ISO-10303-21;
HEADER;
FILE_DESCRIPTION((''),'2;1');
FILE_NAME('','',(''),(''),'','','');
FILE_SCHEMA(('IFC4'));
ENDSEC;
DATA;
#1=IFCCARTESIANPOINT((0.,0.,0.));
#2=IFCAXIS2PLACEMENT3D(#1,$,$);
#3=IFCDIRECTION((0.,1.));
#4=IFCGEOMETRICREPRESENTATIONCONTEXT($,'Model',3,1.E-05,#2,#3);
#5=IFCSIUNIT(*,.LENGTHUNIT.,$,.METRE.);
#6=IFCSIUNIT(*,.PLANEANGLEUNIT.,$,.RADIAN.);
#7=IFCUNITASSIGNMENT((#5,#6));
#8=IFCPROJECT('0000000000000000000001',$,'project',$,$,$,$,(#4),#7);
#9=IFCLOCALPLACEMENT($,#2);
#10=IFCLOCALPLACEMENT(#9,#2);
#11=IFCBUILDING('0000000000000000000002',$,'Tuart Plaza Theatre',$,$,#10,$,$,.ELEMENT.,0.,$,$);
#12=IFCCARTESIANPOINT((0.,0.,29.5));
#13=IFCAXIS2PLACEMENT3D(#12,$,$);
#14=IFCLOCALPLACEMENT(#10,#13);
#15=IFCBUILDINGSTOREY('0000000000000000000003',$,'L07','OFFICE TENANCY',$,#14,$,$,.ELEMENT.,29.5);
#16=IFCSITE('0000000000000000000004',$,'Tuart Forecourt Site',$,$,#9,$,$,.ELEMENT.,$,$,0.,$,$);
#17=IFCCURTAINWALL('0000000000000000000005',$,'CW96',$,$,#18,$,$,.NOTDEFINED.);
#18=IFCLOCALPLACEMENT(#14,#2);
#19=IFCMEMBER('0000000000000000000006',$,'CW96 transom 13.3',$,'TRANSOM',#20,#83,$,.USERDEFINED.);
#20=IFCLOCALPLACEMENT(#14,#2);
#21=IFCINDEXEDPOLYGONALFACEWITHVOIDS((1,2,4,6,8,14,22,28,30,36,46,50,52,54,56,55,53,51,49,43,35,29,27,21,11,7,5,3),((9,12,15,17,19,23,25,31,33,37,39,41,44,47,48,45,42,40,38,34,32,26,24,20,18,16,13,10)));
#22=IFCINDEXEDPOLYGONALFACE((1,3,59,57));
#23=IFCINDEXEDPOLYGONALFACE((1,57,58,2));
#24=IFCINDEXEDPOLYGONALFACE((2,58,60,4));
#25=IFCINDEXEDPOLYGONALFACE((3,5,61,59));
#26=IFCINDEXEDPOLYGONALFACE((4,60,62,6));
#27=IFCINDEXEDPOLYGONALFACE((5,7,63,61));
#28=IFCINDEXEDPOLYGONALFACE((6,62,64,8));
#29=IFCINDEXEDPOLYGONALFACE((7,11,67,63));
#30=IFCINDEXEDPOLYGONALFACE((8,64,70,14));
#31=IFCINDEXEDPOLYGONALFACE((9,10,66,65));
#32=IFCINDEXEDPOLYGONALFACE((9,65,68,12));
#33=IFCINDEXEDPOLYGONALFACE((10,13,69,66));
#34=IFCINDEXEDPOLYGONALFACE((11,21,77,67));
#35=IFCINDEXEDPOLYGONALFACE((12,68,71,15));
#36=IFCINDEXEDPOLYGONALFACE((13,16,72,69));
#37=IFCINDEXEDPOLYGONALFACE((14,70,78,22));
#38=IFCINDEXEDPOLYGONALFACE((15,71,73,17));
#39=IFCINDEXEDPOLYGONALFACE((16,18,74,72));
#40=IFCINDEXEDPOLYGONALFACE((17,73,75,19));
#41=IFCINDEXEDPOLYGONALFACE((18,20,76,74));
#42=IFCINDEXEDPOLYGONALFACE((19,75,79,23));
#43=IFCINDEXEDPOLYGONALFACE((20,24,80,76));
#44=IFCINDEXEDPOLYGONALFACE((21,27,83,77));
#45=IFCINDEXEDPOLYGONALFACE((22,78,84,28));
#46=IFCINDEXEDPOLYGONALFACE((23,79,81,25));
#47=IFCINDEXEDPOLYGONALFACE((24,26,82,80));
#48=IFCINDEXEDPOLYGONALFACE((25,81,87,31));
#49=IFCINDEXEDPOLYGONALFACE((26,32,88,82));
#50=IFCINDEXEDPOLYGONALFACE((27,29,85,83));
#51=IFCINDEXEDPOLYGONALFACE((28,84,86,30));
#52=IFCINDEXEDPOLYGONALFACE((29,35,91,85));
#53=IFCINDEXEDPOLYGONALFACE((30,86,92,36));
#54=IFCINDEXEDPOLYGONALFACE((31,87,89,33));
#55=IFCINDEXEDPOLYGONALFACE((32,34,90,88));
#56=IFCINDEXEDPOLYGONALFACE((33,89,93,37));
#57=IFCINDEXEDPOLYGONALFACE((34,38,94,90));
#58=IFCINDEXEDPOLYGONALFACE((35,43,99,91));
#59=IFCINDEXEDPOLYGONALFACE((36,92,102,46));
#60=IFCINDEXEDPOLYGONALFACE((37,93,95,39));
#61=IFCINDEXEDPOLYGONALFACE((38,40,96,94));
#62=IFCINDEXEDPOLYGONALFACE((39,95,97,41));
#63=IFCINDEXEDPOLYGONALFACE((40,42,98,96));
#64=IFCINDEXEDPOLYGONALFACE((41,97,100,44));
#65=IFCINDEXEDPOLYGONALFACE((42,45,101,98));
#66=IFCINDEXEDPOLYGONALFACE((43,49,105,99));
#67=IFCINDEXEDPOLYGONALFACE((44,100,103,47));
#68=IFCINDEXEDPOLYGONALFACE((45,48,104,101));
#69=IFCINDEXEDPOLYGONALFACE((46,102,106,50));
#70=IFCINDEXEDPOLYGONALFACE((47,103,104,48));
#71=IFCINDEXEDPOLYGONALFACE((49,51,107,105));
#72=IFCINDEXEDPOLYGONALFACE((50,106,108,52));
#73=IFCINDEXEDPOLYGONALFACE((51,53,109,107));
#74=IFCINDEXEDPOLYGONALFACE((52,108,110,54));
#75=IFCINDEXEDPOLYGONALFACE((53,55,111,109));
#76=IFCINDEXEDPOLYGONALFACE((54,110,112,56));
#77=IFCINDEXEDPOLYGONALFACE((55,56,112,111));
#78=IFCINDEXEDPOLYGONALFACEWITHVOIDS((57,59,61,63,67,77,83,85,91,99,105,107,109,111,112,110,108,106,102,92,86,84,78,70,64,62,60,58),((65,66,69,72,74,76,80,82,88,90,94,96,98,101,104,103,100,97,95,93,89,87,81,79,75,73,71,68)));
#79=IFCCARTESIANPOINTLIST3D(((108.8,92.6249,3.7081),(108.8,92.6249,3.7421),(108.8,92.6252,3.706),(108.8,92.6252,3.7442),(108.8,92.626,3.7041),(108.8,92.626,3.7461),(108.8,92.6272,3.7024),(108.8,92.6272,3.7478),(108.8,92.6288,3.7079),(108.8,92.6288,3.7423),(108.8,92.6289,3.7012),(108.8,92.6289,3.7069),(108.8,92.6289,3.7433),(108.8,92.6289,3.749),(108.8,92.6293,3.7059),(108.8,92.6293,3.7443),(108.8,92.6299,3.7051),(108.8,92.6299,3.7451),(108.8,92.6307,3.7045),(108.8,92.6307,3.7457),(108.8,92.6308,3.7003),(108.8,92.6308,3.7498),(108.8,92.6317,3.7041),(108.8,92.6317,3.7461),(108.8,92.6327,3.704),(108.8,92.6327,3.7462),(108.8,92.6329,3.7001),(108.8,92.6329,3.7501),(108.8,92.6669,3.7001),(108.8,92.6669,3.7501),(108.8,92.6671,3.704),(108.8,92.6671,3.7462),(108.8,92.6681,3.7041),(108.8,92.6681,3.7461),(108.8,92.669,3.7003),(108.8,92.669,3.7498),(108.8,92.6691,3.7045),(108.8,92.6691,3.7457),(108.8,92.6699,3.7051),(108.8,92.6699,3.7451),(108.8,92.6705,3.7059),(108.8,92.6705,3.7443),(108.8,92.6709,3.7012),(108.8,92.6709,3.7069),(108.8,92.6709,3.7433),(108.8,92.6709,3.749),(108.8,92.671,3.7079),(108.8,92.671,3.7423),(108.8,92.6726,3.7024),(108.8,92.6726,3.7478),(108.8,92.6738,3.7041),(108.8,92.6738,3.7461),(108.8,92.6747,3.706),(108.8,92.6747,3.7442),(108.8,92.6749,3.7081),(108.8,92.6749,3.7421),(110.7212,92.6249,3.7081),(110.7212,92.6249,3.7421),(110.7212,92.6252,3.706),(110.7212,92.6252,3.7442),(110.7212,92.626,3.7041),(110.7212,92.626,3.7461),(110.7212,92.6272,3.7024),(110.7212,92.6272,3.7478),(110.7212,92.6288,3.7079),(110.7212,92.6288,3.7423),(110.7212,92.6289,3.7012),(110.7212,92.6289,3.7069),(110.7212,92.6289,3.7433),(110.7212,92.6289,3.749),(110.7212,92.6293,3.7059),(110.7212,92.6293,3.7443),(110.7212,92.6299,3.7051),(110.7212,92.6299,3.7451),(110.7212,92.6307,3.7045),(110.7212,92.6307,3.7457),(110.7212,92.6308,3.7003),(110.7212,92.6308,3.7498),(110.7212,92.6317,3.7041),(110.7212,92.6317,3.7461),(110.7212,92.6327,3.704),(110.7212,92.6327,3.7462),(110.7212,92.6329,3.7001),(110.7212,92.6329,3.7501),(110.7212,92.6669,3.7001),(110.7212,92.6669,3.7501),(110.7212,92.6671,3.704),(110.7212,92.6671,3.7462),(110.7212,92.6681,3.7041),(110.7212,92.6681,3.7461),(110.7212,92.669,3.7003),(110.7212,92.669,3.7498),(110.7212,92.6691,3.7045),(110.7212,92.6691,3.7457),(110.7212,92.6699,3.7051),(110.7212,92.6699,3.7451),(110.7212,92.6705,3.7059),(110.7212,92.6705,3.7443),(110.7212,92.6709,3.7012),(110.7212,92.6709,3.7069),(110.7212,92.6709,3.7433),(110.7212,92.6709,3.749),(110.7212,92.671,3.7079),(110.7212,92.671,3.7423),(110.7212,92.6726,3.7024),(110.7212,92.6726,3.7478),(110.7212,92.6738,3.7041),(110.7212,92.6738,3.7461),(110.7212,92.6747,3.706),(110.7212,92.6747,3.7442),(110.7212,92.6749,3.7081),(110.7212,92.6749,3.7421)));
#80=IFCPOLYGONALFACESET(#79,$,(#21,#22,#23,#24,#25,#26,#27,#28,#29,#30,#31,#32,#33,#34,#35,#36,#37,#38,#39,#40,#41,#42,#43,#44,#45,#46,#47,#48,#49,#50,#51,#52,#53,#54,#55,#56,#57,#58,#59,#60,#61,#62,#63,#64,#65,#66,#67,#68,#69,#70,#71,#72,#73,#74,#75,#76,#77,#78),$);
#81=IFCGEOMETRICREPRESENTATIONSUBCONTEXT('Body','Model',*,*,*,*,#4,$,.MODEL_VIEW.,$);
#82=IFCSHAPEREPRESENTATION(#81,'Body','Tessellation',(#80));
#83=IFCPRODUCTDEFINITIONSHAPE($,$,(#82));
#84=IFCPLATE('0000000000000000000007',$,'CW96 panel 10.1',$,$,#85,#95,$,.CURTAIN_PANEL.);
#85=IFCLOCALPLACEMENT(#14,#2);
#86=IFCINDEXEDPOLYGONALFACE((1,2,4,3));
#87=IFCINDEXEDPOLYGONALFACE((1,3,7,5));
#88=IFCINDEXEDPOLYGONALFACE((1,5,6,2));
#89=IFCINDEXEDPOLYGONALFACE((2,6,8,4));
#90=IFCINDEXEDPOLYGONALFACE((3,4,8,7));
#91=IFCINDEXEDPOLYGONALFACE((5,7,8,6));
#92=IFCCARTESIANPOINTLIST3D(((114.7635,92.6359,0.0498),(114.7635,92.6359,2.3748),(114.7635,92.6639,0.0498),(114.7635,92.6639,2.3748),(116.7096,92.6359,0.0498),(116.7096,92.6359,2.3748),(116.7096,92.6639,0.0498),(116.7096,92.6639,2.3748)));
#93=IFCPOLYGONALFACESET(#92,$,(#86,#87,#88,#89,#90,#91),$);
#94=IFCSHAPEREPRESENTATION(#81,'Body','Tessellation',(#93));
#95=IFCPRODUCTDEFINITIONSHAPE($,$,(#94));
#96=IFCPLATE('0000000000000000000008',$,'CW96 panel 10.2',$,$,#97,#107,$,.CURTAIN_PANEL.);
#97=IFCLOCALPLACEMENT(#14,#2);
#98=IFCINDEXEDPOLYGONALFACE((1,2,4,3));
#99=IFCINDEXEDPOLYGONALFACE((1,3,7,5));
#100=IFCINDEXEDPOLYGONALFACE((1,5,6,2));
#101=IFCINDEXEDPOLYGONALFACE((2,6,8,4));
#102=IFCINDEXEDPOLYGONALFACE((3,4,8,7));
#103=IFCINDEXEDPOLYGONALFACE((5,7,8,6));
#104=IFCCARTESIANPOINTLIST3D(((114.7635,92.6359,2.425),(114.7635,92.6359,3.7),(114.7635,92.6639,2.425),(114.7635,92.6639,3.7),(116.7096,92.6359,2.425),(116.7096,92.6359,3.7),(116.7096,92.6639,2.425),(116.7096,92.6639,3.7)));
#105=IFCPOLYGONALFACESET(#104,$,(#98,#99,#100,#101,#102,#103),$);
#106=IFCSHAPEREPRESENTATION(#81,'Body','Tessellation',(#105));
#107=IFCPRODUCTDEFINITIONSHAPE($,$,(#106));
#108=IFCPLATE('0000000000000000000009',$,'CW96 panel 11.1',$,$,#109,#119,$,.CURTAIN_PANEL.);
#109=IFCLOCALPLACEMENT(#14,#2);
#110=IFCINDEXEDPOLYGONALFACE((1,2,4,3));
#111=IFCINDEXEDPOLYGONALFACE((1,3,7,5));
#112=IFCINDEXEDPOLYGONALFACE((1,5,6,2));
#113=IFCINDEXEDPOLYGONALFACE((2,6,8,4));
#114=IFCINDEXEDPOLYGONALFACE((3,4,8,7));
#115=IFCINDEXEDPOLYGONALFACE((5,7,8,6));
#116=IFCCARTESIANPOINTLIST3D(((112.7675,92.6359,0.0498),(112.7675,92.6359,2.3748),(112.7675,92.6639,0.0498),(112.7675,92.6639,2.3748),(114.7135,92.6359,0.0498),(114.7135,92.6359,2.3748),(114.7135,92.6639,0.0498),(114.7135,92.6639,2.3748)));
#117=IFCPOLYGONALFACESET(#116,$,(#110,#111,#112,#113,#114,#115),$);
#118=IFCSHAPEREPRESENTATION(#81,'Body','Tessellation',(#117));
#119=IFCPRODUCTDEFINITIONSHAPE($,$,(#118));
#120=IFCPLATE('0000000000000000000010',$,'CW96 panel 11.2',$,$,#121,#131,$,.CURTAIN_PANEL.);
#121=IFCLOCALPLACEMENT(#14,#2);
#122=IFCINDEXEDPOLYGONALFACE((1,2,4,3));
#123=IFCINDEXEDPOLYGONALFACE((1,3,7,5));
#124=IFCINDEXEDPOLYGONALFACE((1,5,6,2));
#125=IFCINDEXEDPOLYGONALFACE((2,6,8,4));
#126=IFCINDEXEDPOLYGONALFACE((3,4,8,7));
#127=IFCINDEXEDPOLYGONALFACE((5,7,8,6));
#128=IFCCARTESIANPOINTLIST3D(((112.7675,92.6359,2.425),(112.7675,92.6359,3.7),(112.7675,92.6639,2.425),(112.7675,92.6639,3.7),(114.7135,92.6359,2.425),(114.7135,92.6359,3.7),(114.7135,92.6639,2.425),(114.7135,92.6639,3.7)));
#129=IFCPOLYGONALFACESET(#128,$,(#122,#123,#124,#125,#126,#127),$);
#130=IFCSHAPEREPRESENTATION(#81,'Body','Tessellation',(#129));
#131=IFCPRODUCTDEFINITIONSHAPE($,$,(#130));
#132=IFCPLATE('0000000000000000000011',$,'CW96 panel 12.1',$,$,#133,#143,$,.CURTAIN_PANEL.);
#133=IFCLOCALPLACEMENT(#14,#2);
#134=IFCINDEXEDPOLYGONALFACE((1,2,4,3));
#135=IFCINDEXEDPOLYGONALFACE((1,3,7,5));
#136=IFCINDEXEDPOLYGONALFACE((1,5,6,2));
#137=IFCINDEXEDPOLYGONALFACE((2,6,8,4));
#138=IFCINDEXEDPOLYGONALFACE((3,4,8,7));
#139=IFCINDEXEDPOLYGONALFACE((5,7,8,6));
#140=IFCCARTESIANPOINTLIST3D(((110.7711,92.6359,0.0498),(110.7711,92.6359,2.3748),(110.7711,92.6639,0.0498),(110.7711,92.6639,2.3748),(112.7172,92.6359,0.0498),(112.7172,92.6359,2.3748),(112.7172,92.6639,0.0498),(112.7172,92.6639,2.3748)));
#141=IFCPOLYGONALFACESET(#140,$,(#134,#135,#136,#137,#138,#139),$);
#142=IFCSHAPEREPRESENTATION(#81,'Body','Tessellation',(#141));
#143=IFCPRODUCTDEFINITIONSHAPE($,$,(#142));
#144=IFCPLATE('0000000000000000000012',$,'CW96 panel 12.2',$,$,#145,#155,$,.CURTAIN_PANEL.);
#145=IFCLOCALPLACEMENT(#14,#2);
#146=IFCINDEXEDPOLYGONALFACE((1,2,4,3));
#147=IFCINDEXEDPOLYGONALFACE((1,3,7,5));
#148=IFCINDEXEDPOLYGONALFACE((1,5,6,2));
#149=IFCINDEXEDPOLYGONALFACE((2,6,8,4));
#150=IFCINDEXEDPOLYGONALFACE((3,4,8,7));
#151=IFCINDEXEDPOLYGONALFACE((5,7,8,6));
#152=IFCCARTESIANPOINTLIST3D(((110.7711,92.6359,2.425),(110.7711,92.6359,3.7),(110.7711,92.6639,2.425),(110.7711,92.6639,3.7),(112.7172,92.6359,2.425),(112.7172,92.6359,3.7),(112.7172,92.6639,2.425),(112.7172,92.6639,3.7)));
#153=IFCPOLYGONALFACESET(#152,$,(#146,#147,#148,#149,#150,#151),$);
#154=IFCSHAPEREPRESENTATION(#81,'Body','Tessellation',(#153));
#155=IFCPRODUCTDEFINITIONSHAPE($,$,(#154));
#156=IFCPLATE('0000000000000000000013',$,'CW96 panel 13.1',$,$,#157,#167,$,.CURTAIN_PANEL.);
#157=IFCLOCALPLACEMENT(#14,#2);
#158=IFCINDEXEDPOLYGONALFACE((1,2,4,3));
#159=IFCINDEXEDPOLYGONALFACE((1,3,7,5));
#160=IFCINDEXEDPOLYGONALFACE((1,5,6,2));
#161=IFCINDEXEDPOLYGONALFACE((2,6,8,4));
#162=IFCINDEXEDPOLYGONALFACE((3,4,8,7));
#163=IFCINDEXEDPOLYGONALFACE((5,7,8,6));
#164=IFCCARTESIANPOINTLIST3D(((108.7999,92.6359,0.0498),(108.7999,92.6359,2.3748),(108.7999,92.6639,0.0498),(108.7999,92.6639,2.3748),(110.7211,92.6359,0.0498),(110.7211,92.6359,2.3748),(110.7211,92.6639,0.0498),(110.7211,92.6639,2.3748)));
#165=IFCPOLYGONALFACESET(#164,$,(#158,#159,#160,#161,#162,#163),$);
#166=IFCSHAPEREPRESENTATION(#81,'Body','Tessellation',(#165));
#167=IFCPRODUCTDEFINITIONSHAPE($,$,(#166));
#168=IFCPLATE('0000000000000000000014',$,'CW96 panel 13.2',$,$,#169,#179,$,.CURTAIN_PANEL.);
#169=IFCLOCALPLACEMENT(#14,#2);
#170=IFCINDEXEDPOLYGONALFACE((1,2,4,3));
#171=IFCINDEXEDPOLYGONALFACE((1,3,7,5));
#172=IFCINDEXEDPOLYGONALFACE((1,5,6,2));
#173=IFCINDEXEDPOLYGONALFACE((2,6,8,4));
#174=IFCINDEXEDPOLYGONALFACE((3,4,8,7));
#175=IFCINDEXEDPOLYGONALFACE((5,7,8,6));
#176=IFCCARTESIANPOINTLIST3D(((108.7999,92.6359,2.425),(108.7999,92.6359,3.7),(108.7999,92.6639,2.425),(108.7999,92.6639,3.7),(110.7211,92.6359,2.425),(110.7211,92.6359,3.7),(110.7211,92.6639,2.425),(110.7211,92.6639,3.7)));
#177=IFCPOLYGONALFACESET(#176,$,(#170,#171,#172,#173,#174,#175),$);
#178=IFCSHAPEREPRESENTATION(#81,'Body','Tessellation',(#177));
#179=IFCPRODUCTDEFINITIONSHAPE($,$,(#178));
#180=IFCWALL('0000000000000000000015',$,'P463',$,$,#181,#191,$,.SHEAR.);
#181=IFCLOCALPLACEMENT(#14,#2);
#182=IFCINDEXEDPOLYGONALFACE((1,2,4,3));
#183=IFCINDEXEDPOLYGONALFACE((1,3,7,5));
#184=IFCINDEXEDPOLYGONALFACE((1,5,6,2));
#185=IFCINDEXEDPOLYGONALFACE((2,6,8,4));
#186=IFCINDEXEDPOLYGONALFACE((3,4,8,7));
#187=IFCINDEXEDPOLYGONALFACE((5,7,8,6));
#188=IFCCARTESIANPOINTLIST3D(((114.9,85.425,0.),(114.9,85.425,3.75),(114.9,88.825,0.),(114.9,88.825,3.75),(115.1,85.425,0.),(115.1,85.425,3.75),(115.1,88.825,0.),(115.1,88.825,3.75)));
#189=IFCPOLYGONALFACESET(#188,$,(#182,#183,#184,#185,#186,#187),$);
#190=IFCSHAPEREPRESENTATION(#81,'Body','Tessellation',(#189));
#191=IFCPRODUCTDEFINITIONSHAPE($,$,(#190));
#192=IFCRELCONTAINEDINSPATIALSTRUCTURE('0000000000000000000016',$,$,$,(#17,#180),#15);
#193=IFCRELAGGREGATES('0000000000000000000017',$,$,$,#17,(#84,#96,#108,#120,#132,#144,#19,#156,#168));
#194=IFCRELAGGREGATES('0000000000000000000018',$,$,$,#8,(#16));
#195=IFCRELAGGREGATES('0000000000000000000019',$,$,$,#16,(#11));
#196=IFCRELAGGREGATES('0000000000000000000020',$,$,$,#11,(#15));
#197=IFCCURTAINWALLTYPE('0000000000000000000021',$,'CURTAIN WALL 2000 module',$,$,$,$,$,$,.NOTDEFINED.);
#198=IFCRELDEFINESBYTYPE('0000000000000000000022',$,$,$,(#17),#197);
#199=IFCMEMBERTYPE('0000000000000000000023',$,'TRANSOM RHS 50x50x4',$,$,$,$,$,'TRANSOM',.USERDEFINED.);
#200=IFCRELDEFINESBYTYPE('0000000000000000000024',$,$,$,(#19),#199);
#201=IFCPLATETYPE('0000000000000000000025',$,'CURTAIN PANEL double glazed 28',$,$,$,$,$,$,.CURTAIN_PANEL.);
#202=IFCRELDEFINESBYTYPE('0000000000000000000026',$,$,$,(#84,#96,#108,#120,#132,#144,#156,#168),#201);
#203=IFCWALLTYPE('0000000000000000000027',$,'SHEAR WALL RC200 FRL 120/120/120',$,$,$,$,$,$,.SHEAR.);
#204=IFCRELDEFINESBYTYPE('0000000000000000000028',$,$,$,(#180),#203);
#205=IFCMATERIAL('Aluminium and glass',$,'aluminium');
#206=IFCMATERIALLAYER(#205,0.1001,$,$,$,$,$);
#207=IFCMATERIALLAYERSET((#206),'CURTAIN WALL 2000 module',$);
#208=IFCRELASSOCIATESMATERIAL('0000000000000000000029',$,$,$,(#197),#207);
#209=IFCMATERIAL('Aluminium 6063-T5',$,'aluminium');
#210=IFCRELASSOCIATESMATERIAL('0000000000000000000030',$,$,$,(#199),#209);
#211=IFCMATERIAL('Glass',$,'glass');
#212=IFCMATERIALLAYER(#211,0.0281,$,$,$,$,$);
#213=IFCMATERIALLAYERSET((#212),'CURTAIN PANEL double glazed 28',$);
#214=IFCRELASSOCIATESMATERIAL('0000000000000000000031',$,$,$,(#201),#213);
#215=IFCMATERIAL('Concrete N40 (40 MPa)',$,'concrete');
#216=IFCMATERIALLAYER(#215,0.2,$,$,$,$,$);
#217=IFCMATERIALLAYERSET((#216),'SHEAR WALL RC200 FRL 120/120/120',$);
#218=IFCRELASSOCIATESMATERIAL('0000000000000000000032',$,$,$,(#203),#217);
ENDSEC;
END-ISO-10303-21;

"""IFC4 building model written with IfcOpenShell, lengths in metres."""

from ifc_helpers import new_model, si_unit, direction, frame, frame_2d, origin, origin_2d, place, context, subcontext, project, spatial, rectangle, hollow_rectangle, extrude, material, layer, layer_set, material_profile, profile_set, type_object, element, aggregate, save


model = new_model("IFC4")

# Units and contexts
model_context = context("Model", 3, precision=1e-05, world=origin(), true_north=direction((0.0, 1.0)))
body_context = subcontext(model_context, "Body", "Model", "MODEL_VIEW")
ifc_project = project(units=[si_unit("LENGTHUNIT", "METRE"), si_unit("PLANEANGLEUNIT", "RADIAN")], contexts=[model_context])

# Site, building, storey
site_placement = place(None, origin())
site = spatial("IfcSite", under=ifc_project, at=site_placement, Name="Tuart Forecourt Site", CompositionType="ELEMENT", RefElevation=0.0)
building_placement = place(site_placement, origin())
building = spatial("IfcBuilding", under=site, at=building_placement, Name="Tuart Plaza Theatre", CompositionType="ELEMENT", ElevationOfRefHeight=0.0)
storey_placement = place(building_placement, frame((0.0, 0.0, 29.5)))
storey = spatial("IfcBuildingStorey", under=building, at=storey_placement, Name="L07", Description="OFFICE TENANCY", CompositionType="ELEMENT", Elevation=29.5)

# Curtain wall, member, plates
ifc_material_1 = material(Name="Aluminium and glass", Category="aluminium")
ifc_layer_1 = layer(ifc_material_1, 0.1001)
ifc_layer_set_1 = layer_set([ifc_layer_1], Name="CURTAIN WALL 2000 module")
curtain_wall_type = type_object("IfcCurtainWallType", Name="CURTAIN WALL 2000 module", PredefinedType="NOTDEFINED", material=ifc_layer_set_1)
curtain_wall_placement = place(storey_placement, origin())
curtain_wall = element("IfcCurtainWall", 1, at=curtain_wall_placement, inside=storey, type_object=curtain_wall_type, Name="CW96", PredefinedType="NOTDEFINED")
ifc_material_2 = material(Name="Aluminium 6063-T5", Category="aluminium")
ifc_material_profile_1 = material_profile(ifc_material_2, hollow_rectangle(XDim=0.05, YDim=0.05, WallThickness=0.0039, InnerFilletRadius=0.0039, OuterFilletRadius=0.0081, at=origin_2d()), Name="RHS 50x50x4")
ifc_profile_set_1 = profile_set([ifc_material_profile_1], Name="Aluminium 6063-T5")
member_type_1 = type_object("IfcMemberType", Name="TRANSOM RHS 50x50x4", ElementType="TRANSOM", PredefinedType="USERDEFINED", material=ifc_profile_set_1)
member_1_placement = place(storey_placement, frame((110.7212, 92.6499, 3.7251), z_axis=(-1.0, 0.0, 0.0), x_axis=(0.0, -1.0, 0.0)))
member_1 = element("IfcMember", 2, at=member_1_placement, type_object=member_type_1, Name="CW96 transom 13.3", ObjectType="TRANSOM", PredefinedType="USERDEFINED", context=body_context, shape_type="SweptSolid", body=[
    extrude(hollow_rectangle(XDim=0.05, YDim=0.05, WallThickness=0.0039, InnerFilletRadius=0.0039, OuterFilletRadius=0.0081, at=origin_2d()), origin(), (0.0, 0.0, 1.0), 1.9211),
])
ifc_material_3 = material(Name="Glass", Category="glass")
ifc_layer_2 = layer(ifc_material_3, 0.0281)
ifc_layer_set_2 = layer_set([ifc_layer_2], Name="CURTAIN PANEL double glazed 28")
plate_type = type_object("IfcPlateType", Name="CURTAIN PANEL double glazed 28", PredefinedType="CURTAIN_PANEL", material=ifc_layer_set_2)
plate_1_placement = place(storey_placement, frame((115.7366, 92.6499, 0.0498), z_axis=(0.0, 0.0, 1.0), x_axis=(-1.0, 0.0, 0.0)))
plate_1 = element("IfcPlate", 3, at=plate_1_placement, type_object=plate_type, Name="CW96 panel 10.1", PredefinedType="CURTAIN_PANEL", context=body_context, shape_type="SweptSolid", body=[
    extrude(rectangle(XDim=1.946, YDim=0.0281, at=origin_2d()), origin(), (0.0, 0.0, 1.0), 2.325),
])
plate_2_placement = place(storey_placement, frame((115.7366, 92.6499, 2.425), z_axis=(0.0, 0.0, 1.0), x_axis=(-1.0, 0.0, 0.0)))
plate_2 = element("IfcPlate", 4, at=plate_2_placement, type_object=plate_type, Name="CW96 panel 10.2", PredefinedType="CURTAIN_PANEL", context=body_context, shape_type="SweptSolid", body=[
    extrude(rectangle(XDim=1.946, YDim=0.0281, at=origin_2d()), origin(), (0.0, 0.0, 1.0), 1.2749),
])
plate_3_placement = place(storey_placement, frame((113.7405, 92.6499, 0.0498), z_axis=(0.0, 0.0, 1.0), x_axis=(-1.0, 0.0, 0.0)))
plate_3 = element("IfcPlate", 5, at=plate_3_placement, type_object=plate_type, Name="CW96 panel 11.1", PredefinedType="CURTAIN_PANEL", context=body_context, shape_type="SweptSolid", body=[
    extrude(rectangle(XDim=1.946, YDim=0.0281, at=origin_2d()), origin(), (0.0, 0.0, 1.0), 2.325),
])
plate_4_placement = place(storey_placement, frame((113.7405, 92.6499, 2.425), z_axis=(0.0, 0.0, 1.0), x_axis=(-1.0, 0.0, 0.0)))
plate_4 = element("IfcPlate", 6, at=plate_4_placement, type_object=plate_type, Name="CW96 panel 11.2", PredefinedType="CURTAIN_PANEL", context=body_context, shape_type="SweptSolid", body=[
    extrude(rectangle(XDim=1.946, YDim=0.0281, at=origin_2d()), origin(), (0.0, 0.0, 1.0), 1.2749),
])
plate_5_placement = place(storey_placement, frame((111.7441, 92.6499, 0.0498), z_axis=(0.0, 0.0, 1.0), x_axis=(-1.0, 0.0, 0.0)))
plate_5 = element("IfcPlate", 7, at=plate_5_placement, type_object=plate_type, Name="CW96 panel 12.1", PredefinedType="CURTAIN_PANEL", context=body_context, shape_type="SweptSolid", body=[
    extrude(rectangle(XDim=1.946, YDim=0.0281, at=origin_2d()), origin(), (0.0, 0.0, 1.0), 2.325),
])
plate_6_placement = place(storey_placement, frame((111.7441, 92.6499, 2.425), z_axis=(0.0, 0.0, 1.0), x_axis=(-1.0, 0.0, 0.0)))
plate_6 = element("IfcPlate", 8, at=plate_6_placement, type_object=plate_type, Name="CW96 panel 12.2", PredefinedType="CURTAIN_PANEL", context=body_context, shape_type="SweptSolid", body=[
    extrude(rectangle(XDim=1.946, YDim=0.0281, at=origin_2d()), origin(), (0.0, 0.0, 1.0), 1.2749),
])
plate_7_placement = place(storey_placement, frame((109.7605, 92.6499, 0.0498), z_axis=(0.0, 0.0, 1.0), x_axis=(-1.0, 0.0, 0.0)))
plate_7 = element("IfcPlate", 9, at=plate_7_placement, type_object=plate_type, Name="CW96 panel 13.1", PredefinedType="CURTAIN_PANEL", context=body_context, shape_type="SweptSolid", body=[
    extrude(rectangle(XDim=1.9211, YDim=0.0281, at=origin_2d()), origin(), (0.0, 0.0, 1.0), 2.325),
])
plate_8_placement = place(storey_placement, frame((109.7605, 92.6499, 2.425), z_axis=(0.0, 0.0, 1.0), x_axis=(-1.0, 0.0, 0.0)))
plate_8 = element("IfcPlate", 10, at=plate_8_placement, type_object=plate_type, Name="CW96 panel 13.2", PredefinedType="CURTAIN_PANEL", context=body_context, shape_type="SweptSolid", body=[
    extrude(rectangle(XDim=1.9211, YDim=0.0281, at=origin_2d()), origin(), (0.0, 0.0, 1.0), 1.2749),
])
aggregate(curtain_wall, [plate_1, plate_2, plate_3, plate_4, plate_5, plate_6, member_1, plate_7, plate_8])

# Wall
ifc_material_4 = material(Name="Concrete N40 (40 MPa)", Category="concrete")
ifc_layer_3 = layer(ifc_material_4, 0.2)
ifc_layer_set_3 = layer_set([ifc_layer_3], Name="SHEAR WALL RC200 FRL 120/120/120")
wall_type = type_object("IfcWallType", Name="SHEAR WALL RC200 FRL 120/120/120", PredefinedType="SHEAR", material=ifc_layer_set_3)
wall_placement = place(storey_placement, frame((115.0, 88.825, 0.0), z_axis=(0.0, 0.0, 1.0), x_axis=(0.0, -1.0, 0.0)))
element("IfcWall", 11, at=wall_placement, inside=storey, type_object=wall_type, Name="P463", PredefinedType="SHEAR", context=body_context, shape_type="SweptSolid", body=[
    extrude(rectangle(XDim=3.3999, YDim=0.2, at=frame_2d((1.7, 0.0))), origin(), (0.0, 0.0, 1.0), 3.75),
])

save(model, "model.ifc")
